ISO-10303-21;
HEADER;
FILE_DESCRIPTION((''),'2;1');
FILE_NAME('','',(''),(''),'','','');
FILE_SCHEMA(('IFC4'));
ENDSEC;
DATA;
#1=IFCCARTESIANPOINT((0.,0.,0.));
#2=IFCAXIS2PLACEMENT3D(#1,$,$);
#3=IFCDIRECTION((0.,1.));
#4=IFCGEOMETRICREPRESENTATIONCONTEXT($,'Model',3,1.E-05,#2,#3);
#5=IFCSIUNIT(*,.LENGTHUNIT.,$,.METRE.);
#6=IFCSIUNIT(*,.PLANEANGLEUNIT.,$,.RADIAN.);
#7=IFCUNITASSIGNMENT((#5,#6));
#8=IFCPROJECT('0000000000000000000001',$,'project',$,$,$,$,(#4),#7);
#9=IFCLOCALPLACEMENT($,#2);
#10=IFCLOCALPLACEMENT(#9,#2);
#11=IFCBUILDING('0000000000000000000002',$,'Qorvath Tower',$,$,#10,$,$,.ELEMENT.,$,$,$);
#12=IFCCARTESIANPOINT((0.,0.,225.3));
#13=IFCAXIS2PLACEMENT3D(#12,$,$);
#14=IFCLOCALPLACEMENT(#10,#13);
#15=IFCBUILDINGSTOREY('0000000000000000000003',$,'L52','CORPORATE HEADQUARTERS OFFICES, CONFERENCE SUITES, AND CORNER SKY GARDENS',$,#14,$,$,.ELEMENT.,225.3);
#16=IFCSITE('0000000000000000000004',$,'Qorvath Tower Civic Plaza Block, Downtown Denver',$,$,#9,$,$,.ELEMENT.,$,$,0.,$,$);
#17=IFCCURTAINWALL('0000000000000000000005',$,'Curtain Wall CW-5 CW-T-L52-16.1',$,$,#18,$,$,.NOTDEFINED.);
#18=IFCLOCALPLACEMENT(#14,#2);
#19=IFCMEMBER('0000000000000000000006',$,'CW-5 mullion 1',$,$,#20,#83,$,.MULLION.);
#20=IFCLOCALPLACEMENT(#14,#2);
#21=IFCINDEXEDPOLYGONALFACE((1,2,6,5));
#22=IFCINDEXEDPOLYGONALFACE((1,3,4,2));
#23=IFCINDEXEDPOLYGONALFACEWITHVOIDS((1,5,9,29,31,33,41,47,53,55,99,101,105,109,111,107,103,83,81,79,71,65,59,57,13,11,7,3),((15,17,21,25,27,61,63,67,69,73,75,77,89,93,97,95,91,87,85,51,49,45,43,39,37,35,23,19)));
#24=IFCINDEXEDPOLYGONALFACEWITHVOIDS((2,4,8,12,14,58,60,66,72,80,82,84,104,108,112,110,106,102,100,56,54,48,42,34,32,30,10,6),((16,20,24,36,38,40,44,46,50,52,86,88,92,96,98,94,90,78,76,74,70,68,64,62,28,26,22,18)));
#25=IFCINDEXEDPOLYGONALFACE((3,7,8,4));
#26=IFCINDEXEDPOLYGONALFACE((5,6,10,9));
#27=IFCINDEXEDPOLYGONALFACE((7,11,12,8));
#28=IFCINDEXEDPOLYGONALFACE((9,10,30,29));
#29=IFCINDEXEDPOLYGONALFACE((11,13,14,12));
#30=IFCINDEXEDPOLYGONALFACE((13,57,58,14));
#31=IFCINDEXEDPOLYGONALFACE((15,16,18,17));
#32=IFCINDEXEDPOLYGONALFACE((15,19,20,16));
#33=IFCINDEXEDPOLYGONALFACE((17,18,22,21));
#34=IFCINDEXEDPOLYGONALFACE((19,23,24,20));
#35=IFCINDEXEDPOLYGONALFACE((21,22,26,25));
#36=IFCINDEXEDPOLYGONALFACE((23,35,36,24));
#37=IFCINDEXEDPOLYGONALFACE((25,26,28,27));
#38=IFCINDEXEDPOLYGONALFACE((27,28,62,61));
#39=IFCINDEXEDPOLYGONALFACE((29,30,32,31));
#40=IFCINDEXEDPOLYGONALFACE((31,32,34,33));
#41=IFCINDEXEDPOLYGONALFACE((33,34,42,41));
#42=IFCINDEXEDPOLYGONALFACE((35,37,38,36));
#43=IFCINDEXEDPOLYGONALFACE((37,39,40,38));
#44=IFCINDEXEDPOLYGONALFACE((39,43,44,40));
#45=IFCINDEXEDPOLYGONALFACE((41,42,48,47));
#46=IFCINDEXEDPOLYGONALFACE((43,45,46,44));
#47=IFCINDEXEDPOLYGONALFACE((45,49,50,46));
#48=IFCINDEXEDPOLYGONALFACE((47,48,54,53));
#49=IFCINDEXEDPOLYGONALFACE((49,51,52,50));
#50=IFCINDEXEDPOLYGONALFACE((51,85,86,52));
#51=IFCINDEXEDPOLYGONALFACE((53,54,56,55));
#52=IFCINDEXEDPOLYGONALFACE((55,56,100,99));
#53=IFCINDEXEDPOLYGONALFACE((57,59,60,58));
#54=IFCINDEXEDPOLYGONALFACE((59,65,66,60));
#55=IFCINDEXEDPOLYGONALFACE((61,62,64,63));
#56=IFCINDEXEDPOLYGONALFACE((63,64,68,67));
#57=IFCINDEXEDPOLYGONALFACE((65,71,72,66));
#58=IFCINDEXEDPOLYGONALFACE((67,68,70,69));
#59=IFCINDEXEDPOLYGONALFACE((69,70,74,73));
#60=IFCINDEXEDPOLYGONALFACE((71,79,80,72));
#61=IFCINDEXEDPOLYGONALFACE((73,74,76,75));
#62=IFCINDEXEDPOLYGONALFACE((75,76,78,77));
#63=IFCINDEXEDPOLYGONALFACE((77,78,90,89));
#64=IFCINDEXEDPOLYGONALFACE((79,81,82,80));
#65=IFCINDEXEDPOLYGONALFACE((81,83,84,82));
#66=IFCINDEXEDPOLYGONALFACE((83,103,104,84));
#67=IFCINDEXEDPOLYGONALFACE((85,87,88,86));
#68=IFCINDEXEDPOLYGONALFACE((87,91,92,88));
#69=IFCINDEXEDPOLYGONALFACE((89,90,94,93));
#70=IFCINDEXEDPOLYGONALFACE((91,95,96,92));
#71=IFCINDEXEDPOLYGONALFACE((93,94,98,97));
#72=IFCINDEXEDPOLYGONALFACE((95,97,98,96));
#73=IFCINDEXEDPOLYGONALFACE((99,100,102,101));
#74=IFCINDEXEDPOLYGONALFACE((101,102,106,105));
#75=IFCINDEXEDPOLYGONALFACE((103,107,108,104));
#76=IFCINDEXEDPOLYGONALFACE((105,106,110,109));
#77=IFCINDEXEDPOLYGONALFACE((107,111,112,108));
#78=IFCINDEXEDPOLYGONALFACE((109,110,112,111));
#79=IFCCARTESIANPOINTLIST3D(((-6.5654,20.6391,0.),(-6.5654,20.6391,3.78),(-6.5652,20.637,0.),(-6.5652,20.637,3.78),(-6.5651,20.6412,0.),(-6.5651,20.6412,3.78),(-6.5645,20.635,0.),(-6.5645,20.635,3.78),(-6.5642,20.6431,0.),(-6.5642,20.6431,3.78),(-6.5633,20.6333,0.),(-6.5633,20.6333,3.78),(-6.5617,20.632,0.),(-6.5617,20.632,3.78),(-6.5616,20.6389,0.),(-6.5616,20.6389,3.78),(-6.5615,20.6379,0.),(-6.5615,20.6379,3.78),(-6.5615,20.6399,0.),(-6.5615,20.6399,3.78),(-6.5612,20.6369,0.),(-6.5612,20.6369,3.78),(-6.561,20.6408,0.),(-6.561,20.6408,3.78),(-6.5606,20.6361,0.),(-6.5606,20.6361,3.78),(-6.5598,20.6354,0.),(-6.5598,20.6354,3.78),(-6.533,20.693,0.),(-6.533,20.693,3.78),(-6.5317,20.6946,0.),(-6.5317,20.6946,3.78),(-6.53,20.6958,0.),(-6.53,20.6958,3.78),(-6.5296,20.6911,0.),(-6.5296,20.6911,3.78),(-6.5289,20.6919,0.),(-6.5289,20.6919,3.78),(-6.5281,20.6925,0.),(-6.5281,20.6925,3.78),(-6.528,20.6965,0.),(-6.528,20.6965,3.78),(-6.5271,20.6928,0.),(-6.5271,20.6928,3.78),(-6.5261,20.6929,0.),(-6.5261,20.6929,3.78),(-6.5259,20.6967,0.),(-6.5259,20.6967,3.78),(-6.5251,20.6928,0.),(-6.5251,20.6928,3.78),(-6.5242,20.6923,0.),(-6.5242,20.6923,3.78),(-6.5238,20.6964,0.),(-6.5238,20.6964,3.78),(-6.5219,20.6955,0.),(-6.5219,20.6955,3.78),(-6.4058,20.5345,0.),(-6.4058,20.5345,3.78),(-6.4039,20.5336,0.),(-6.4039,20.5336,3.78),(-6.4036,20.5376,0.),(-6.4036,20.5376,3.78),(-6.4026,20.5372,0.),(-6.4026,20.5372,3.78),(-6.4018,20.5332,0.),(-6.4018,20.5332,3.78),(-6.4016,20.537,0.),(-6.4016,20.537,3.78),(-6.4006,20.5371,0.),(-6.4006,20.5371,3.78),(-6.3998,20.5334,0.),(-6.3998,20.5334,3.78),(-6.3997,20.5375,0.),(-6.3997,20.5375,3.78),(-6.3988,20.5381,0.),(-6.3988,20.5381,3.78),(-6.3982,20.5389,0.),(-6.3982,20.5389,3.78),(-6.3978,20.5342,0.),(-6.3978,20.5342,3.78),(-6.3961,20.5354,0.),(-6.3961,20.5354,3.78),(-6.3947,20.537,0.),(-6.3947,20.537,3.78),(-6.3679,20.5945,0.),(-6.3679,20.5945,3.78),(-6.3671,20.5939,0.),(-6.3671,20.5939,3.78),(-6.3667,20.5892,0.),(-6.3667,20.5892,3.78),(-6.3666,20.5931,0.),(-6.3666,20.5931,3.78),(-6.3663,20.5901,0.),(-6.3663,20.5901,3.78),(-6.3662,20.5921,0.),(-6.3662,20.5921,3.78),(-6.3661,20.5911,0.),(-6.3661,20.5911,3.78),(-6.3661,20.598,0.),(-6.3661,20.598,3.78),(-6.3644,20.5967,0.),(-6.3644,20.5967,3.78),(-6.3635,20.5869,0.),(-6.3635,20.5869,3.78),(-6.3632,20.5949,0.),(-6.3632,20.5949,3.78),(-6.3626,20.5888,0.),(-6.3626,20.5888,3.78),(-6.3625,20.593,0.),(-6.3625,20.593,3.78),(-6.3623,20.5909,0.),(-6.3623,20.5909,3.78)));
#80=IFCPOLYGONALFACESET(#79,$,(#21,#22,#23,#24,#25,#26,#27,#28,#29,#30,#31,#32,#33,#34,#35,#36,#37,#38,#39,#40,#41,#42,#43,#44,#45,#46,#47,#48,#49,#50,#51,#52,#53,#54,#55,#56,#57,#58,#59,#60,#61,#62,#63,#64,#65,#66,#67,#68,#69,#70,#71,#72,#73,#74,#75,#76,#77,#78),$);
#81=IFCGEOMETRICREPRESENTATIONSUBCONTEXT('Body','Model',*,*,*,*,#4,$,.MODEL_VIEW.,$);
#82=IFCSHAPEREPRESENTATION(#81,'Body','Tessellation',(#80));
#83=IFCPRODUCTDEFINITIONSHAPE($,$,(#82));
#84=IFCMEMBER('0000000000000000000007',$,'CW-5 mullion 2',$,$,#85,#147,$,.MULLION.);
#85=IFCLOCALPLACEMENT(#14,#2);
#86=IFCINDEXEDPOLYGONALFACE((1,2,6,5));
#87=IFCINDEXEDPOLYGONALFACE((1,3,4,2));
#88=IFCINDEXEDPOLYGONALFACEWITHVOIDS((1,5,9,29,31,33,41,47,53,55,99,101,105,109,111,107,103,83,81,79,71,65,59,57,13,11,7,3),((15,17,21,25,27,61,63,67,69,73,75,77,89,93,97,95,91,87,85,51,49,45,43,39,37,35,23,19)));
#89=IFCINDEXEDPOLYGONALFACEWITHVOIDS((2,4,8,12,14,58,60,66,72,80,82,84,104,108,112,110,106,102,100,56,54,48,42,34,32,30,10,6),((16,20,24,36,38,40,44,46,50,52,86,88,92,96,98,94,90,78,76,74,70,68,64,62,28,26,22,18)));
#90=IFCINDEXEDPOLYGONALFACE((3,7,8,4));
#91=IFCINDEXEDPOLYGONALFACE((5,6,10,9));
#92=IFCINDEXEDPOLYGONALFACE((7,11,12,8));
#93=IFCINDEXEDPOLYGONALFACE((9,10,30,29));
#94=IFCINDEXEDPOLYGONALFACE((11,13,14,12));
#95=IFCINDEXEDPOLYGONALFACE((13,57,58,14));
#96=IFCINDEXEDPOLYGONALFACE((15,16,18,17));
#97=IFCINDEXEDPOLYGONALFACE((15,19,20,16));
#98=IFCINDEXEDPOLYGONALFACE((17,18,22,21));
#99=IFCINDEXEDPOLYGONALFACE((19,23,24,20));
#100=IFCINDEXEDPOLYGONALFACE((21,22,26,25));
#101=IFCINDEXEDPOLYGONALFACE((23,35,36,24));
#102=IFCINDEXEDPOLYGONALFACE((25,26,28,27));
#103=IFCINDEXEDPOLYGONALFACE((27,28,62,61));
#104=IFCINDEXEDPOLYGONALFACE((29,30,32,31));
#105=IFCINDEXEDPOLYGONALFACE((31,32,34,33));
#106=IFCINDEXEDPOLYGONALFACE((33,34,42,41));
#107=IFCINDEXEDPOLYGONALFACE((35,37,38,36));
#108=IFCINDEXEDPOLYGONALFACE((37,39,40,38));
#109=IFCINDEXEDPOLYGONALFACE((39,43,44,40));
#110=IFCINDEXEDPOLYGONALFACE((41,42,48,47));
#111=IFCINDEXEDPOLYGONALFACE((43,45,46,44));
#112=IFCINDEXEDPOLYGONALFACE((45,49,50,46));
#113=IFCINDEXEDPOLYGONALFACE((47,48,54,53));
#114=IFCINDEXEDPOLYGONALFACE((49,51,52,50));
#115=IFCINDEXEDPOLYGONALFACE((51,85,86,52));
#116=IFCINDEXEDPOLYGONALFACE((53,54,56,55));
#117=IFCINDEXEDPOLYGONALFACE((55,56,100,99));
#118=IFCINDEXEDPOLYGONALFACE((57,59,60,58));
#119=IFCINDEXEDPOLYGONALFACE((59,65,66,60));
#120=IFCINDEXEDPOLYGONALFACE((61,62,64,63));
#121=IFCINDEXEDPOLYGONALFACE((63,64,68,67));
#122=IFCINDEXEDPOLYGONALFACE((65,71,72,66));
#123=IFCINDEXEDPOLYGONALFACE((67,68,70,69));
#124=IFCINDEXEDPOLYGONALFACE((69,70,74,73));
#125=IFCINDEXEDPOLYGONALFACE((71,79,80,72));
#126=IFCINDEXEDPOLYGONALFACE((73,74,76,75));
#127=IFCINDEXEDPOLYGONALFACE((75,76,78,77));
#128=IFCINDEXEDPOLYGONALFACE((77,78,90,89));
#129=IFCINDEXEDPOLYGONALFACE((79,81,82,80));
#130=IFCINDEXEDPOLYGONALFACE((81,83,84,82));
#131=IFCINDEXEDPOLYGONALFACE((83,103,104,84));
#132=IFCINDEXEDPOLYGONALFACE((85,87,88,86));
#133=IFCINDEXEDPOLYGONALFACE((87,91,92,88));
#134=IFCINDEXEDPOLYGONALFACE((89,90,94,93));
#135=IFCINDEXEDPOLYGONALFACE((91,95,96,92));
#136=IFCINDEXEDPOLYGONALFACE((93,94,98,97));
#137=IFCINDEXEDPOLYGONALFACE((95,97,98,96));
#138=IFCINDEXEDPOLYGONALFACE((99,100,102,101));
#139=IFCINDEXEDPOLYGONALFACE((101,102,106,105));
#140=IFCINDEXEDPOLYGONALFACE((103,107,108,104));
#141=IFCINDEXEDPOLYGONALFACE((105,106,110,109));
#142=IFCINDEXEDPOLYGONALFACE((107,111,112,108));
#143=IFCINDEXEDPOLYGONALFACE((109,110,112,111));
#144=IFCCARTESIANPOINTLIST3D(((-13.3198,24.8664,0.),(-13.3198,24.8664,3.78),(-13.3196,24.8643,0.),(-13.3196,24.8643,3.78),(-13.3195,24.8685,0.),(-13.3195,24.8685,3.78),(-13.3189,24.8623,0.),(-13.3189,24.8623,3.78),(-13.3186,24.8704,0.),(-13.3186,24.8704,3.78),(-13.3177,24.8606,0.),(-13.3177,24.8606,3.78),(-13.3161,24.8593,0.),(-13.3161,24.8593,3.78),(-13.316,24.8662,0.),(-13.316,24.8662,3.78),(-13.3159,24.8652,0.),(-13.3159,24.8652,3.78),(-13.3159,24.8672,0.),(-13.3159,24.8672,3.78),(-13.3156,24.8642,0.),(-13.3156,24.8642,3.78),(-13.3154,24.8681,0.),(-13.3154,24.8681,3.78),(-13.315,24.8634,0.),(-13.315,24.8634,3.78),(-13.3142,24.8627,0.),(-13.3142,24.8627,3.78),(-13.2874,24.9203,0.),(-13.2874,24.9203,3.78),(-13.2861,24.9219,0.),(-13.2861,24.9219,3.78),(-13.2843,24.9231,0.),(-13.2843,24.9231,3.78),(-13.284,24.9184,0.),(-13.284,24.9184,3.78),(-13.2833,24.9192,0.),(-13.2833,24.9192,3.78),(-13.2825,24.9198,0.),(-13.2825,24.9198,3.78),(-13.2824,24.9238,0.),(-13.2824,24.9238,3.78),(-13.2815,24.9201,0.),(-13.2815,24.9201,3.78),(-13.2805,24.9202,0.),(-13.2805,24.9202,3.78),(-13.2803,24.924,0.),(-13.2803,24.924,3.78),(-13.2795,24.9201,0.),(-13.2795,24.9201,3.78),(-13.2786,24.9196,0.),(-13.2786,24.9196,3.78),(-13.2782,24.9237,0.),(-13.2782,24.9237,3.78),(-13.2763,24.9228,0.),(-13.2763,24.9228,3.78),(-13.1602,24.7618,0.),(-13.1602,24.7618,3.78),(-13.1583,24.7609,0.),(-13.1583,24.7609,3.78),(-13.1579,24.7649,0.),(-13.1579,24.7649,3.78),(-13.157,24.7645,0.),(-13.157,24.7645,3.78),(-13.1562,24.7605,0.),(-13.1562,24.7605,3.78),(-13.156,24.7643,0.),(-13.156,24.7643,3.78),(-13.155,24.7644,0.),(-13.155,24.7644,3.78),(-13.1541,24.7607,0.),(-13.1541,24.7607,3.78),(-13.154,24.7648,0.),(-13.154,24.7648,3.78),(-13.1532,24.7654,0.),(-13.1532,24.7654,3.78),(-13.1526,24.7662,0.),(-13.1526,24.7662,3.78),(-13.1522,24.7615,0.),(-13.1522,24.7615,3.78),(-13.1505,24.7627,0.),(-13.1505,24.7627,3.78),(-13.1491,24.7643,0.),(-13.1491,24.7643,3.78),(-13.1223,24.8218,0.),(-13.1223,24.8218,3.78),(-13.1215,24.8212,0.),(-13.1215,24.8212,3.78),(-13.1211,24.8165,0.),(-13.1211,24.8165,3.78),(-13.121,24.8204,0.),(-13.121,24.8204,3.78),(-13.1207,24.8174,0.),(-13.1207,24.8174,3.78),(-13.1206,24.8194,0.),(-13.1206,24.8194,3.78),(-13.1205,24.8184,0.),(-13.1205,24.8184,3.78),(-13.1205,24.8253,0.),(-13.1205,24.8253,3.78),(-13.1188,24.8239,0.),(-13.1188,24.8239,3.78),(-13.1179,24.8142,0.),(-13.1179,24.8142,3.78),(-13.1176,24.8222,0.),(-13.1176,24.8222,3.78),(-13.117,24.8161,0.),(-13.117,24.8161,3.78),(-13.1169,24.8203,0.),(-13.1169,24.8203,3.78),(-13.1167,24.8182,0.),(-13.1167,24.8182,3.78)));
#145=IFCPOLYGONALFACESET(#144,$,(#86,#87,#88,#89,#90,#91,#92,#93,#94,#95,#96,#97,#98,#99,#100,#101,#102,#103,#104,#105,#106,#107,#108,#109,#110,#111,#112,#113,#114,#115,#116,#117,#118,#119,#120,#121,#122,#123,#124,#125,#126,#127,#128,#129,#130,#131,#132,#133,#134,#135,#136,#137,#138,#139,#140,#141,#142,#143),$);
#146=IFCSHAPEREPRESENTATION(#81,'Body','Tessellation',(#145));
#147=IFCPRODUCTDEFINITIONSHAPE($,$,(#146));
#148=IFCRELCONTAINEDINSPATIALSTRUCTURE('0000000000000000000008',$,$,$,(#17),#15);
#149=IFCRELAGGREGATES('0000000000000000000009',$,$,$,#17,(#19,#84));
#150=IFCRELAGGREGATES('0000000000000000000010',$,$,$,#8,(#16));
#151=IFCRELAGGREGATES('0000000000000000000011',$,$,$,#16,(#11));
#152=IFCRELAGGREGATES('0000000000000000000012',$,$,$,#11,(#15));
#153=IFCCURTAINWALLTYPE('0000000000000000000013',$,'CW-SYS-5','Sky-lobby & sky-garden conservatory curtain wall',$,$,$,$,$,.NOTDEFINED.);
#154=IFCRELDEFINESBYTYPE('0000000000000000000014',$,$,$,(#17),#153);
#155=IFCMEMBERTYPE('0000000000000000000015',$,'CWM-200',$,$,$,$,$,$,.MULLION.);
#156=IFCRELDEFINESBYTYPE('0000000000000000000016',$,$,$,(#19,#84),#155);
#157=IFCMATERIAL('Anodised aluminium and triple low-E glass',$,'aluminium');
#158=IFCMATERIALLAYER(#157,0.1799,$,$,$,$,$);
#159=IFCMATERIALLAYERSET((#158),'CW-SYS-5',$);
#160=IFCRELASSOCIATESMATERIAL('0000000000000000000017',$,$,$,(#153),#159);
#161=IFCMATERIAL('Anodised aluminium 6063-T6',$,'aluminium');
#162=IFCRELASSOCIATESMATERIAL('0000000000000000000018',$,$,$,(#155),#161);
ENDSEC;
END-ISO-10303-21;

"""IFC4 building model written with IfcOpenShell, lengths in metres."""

from ifc_helpers import new_model, si_unit, direction, frame, origin, origin_2d, place, context, subcontext, project, spatial, hollow_rectangle, extrude, material, layer, layer_set, material_profile, profile_set, type_object, element, aggregate, save


model = new_model("IFC4")

# Units and contexts
model_context = context("Model", 3, precision=1e-05, world=origin(), true_north=direction((0.0, 1.0)))
body_context = subcontext(model_context, "Body", "Model", "MODEL_VIEW")
ifc_project = project(units=[si_unit("LENGTHUNIT", "METRE"), si_unit("PLANEANGLEUNIT", "RADIAN")], contexts=[model_context])

# Site, building, storey
site_placement = place(None, origin())
site = spatial("IfcSite", under=ifc_project, at=site_placement, Name="Qorvath Tower Civic Plaza Block, Downtown Denver", CompositionType="ELEMENT", RefElevation=0.0)
building_placement = place(site_placement, origin())
building = spatial("IfcBuilding", under=site, at=building_placement, Name="Qorvath Tower", CompositionType="ELEMENT")
storey_placement = place(building_placement, frame((0.0, 0.0, 225.3)))
storey = spatial("IfcBuildingStorey", under=building, at=storey_placement, Name="L52", Description="CORPORATE HEADQUARTERS OFFICES, CONFERENCE SUITES, AND CORNER SKY GARDENS", CompositionType="ELEMENT", Elevation=225.3)

# Shared definitions
ifc_material_1 = material(Name="Anodised aluminium and triple low-E glass", Category="aluminium")
ifc_layer_1 = layer(ifc_material_1, 0.1799)
ifc_layer_set_1 = layer_set([ifc_layer_1], Name="CW-SYS-5")
curtain_wall_type = type_object("IfcCurtainWallType", Name="CW-SYS-5", Description="Sky-lobby & sky-garden conservatory curtain wall", PredefinedType="NOTDEFINED", material=ifc_layer_set_1)
ifc_material_2 = material(Name="Anodised aluminium 6063-T6", Category="aluminium")
ifc_material_profile_1 = material_profile(ifc_material_2, hollow_rectangle(XDim=0.075, YDim=0.2, WallThickness=0.0039, InnerFilletRadius=0.0039, OuterFilletRadius=0.0081, at=origin_2d()), Name="CWM 200x75")
ifc_profile_set_1 = profile_set([ifc_material_profile_1], Name="Anodised aluminium 6063-T6")
member_type_1 = type_object("IfcMemberType", Name="CWM-200", PredefinedType="MULLION", material=ifc_profile_set_1)

# Curtain wall, members
curtain_wall_1_placement = place(storey_placement, origin())
curtain_wall_1 = element("IfcCurtainWall", 1, at=curtain_wall_1_placement, inside=storey, type_object=curtain_wall_type, Name="Curtain Wall CW-5 CW-T-L52-16.1", PredefinedType="NOTDEFINED")
member_1_placement = place(storey_placement, frame((-6.4639, 20.615, 0.0), z_axis=(0.0, 0.0, 1.0), x_axis=(-0.530545, -0.847657, 0.0)))
member_1 = element("IfcMember", 2, at=member_1_placement, type_object=member_type_1, Name="CW-5 mullion 1", PredefinedType="MULLION", context=body_context, shape_type="SweptSolid", body=[
    extrude(hollow_rectangle(XDim=0.075, YDim=0.2, WallThickness=0.0039, InnerFilletRadius=0.0039, OuterFilletRadius=0.0081, at=origin_2d()), origin(), (0.0, 0.0, 1.0), 3.78),
])
member_2_placement = place(storey_placement, frame((-13.2183, 24.8423, 0.0), z_axis=(0.0, 0.0, 1.0), x_axis=(-0.530545, -0.847657, 0.0)))
member_2 = element("IfcMember", 3, at=member_2_placement, type_object=member_type_1, Name="CW-5 mullion 2", PredefinedType="MULLION", context=body_context, shape_type="SweptSolid", body=[
    extrude(hollow_rectangle(XDim=0.075, YDim=0.2, WallThickness=0.0039, InnerFilletRadius=0.0039, OuterFilletRadius=0.0081, at=origin_2d()), origin(), (0.0, 0.0, 1.0), 3.78),
])

aggregate(curtain_wall_1, [member_1, member_2])

save(model, "model.ifc")
